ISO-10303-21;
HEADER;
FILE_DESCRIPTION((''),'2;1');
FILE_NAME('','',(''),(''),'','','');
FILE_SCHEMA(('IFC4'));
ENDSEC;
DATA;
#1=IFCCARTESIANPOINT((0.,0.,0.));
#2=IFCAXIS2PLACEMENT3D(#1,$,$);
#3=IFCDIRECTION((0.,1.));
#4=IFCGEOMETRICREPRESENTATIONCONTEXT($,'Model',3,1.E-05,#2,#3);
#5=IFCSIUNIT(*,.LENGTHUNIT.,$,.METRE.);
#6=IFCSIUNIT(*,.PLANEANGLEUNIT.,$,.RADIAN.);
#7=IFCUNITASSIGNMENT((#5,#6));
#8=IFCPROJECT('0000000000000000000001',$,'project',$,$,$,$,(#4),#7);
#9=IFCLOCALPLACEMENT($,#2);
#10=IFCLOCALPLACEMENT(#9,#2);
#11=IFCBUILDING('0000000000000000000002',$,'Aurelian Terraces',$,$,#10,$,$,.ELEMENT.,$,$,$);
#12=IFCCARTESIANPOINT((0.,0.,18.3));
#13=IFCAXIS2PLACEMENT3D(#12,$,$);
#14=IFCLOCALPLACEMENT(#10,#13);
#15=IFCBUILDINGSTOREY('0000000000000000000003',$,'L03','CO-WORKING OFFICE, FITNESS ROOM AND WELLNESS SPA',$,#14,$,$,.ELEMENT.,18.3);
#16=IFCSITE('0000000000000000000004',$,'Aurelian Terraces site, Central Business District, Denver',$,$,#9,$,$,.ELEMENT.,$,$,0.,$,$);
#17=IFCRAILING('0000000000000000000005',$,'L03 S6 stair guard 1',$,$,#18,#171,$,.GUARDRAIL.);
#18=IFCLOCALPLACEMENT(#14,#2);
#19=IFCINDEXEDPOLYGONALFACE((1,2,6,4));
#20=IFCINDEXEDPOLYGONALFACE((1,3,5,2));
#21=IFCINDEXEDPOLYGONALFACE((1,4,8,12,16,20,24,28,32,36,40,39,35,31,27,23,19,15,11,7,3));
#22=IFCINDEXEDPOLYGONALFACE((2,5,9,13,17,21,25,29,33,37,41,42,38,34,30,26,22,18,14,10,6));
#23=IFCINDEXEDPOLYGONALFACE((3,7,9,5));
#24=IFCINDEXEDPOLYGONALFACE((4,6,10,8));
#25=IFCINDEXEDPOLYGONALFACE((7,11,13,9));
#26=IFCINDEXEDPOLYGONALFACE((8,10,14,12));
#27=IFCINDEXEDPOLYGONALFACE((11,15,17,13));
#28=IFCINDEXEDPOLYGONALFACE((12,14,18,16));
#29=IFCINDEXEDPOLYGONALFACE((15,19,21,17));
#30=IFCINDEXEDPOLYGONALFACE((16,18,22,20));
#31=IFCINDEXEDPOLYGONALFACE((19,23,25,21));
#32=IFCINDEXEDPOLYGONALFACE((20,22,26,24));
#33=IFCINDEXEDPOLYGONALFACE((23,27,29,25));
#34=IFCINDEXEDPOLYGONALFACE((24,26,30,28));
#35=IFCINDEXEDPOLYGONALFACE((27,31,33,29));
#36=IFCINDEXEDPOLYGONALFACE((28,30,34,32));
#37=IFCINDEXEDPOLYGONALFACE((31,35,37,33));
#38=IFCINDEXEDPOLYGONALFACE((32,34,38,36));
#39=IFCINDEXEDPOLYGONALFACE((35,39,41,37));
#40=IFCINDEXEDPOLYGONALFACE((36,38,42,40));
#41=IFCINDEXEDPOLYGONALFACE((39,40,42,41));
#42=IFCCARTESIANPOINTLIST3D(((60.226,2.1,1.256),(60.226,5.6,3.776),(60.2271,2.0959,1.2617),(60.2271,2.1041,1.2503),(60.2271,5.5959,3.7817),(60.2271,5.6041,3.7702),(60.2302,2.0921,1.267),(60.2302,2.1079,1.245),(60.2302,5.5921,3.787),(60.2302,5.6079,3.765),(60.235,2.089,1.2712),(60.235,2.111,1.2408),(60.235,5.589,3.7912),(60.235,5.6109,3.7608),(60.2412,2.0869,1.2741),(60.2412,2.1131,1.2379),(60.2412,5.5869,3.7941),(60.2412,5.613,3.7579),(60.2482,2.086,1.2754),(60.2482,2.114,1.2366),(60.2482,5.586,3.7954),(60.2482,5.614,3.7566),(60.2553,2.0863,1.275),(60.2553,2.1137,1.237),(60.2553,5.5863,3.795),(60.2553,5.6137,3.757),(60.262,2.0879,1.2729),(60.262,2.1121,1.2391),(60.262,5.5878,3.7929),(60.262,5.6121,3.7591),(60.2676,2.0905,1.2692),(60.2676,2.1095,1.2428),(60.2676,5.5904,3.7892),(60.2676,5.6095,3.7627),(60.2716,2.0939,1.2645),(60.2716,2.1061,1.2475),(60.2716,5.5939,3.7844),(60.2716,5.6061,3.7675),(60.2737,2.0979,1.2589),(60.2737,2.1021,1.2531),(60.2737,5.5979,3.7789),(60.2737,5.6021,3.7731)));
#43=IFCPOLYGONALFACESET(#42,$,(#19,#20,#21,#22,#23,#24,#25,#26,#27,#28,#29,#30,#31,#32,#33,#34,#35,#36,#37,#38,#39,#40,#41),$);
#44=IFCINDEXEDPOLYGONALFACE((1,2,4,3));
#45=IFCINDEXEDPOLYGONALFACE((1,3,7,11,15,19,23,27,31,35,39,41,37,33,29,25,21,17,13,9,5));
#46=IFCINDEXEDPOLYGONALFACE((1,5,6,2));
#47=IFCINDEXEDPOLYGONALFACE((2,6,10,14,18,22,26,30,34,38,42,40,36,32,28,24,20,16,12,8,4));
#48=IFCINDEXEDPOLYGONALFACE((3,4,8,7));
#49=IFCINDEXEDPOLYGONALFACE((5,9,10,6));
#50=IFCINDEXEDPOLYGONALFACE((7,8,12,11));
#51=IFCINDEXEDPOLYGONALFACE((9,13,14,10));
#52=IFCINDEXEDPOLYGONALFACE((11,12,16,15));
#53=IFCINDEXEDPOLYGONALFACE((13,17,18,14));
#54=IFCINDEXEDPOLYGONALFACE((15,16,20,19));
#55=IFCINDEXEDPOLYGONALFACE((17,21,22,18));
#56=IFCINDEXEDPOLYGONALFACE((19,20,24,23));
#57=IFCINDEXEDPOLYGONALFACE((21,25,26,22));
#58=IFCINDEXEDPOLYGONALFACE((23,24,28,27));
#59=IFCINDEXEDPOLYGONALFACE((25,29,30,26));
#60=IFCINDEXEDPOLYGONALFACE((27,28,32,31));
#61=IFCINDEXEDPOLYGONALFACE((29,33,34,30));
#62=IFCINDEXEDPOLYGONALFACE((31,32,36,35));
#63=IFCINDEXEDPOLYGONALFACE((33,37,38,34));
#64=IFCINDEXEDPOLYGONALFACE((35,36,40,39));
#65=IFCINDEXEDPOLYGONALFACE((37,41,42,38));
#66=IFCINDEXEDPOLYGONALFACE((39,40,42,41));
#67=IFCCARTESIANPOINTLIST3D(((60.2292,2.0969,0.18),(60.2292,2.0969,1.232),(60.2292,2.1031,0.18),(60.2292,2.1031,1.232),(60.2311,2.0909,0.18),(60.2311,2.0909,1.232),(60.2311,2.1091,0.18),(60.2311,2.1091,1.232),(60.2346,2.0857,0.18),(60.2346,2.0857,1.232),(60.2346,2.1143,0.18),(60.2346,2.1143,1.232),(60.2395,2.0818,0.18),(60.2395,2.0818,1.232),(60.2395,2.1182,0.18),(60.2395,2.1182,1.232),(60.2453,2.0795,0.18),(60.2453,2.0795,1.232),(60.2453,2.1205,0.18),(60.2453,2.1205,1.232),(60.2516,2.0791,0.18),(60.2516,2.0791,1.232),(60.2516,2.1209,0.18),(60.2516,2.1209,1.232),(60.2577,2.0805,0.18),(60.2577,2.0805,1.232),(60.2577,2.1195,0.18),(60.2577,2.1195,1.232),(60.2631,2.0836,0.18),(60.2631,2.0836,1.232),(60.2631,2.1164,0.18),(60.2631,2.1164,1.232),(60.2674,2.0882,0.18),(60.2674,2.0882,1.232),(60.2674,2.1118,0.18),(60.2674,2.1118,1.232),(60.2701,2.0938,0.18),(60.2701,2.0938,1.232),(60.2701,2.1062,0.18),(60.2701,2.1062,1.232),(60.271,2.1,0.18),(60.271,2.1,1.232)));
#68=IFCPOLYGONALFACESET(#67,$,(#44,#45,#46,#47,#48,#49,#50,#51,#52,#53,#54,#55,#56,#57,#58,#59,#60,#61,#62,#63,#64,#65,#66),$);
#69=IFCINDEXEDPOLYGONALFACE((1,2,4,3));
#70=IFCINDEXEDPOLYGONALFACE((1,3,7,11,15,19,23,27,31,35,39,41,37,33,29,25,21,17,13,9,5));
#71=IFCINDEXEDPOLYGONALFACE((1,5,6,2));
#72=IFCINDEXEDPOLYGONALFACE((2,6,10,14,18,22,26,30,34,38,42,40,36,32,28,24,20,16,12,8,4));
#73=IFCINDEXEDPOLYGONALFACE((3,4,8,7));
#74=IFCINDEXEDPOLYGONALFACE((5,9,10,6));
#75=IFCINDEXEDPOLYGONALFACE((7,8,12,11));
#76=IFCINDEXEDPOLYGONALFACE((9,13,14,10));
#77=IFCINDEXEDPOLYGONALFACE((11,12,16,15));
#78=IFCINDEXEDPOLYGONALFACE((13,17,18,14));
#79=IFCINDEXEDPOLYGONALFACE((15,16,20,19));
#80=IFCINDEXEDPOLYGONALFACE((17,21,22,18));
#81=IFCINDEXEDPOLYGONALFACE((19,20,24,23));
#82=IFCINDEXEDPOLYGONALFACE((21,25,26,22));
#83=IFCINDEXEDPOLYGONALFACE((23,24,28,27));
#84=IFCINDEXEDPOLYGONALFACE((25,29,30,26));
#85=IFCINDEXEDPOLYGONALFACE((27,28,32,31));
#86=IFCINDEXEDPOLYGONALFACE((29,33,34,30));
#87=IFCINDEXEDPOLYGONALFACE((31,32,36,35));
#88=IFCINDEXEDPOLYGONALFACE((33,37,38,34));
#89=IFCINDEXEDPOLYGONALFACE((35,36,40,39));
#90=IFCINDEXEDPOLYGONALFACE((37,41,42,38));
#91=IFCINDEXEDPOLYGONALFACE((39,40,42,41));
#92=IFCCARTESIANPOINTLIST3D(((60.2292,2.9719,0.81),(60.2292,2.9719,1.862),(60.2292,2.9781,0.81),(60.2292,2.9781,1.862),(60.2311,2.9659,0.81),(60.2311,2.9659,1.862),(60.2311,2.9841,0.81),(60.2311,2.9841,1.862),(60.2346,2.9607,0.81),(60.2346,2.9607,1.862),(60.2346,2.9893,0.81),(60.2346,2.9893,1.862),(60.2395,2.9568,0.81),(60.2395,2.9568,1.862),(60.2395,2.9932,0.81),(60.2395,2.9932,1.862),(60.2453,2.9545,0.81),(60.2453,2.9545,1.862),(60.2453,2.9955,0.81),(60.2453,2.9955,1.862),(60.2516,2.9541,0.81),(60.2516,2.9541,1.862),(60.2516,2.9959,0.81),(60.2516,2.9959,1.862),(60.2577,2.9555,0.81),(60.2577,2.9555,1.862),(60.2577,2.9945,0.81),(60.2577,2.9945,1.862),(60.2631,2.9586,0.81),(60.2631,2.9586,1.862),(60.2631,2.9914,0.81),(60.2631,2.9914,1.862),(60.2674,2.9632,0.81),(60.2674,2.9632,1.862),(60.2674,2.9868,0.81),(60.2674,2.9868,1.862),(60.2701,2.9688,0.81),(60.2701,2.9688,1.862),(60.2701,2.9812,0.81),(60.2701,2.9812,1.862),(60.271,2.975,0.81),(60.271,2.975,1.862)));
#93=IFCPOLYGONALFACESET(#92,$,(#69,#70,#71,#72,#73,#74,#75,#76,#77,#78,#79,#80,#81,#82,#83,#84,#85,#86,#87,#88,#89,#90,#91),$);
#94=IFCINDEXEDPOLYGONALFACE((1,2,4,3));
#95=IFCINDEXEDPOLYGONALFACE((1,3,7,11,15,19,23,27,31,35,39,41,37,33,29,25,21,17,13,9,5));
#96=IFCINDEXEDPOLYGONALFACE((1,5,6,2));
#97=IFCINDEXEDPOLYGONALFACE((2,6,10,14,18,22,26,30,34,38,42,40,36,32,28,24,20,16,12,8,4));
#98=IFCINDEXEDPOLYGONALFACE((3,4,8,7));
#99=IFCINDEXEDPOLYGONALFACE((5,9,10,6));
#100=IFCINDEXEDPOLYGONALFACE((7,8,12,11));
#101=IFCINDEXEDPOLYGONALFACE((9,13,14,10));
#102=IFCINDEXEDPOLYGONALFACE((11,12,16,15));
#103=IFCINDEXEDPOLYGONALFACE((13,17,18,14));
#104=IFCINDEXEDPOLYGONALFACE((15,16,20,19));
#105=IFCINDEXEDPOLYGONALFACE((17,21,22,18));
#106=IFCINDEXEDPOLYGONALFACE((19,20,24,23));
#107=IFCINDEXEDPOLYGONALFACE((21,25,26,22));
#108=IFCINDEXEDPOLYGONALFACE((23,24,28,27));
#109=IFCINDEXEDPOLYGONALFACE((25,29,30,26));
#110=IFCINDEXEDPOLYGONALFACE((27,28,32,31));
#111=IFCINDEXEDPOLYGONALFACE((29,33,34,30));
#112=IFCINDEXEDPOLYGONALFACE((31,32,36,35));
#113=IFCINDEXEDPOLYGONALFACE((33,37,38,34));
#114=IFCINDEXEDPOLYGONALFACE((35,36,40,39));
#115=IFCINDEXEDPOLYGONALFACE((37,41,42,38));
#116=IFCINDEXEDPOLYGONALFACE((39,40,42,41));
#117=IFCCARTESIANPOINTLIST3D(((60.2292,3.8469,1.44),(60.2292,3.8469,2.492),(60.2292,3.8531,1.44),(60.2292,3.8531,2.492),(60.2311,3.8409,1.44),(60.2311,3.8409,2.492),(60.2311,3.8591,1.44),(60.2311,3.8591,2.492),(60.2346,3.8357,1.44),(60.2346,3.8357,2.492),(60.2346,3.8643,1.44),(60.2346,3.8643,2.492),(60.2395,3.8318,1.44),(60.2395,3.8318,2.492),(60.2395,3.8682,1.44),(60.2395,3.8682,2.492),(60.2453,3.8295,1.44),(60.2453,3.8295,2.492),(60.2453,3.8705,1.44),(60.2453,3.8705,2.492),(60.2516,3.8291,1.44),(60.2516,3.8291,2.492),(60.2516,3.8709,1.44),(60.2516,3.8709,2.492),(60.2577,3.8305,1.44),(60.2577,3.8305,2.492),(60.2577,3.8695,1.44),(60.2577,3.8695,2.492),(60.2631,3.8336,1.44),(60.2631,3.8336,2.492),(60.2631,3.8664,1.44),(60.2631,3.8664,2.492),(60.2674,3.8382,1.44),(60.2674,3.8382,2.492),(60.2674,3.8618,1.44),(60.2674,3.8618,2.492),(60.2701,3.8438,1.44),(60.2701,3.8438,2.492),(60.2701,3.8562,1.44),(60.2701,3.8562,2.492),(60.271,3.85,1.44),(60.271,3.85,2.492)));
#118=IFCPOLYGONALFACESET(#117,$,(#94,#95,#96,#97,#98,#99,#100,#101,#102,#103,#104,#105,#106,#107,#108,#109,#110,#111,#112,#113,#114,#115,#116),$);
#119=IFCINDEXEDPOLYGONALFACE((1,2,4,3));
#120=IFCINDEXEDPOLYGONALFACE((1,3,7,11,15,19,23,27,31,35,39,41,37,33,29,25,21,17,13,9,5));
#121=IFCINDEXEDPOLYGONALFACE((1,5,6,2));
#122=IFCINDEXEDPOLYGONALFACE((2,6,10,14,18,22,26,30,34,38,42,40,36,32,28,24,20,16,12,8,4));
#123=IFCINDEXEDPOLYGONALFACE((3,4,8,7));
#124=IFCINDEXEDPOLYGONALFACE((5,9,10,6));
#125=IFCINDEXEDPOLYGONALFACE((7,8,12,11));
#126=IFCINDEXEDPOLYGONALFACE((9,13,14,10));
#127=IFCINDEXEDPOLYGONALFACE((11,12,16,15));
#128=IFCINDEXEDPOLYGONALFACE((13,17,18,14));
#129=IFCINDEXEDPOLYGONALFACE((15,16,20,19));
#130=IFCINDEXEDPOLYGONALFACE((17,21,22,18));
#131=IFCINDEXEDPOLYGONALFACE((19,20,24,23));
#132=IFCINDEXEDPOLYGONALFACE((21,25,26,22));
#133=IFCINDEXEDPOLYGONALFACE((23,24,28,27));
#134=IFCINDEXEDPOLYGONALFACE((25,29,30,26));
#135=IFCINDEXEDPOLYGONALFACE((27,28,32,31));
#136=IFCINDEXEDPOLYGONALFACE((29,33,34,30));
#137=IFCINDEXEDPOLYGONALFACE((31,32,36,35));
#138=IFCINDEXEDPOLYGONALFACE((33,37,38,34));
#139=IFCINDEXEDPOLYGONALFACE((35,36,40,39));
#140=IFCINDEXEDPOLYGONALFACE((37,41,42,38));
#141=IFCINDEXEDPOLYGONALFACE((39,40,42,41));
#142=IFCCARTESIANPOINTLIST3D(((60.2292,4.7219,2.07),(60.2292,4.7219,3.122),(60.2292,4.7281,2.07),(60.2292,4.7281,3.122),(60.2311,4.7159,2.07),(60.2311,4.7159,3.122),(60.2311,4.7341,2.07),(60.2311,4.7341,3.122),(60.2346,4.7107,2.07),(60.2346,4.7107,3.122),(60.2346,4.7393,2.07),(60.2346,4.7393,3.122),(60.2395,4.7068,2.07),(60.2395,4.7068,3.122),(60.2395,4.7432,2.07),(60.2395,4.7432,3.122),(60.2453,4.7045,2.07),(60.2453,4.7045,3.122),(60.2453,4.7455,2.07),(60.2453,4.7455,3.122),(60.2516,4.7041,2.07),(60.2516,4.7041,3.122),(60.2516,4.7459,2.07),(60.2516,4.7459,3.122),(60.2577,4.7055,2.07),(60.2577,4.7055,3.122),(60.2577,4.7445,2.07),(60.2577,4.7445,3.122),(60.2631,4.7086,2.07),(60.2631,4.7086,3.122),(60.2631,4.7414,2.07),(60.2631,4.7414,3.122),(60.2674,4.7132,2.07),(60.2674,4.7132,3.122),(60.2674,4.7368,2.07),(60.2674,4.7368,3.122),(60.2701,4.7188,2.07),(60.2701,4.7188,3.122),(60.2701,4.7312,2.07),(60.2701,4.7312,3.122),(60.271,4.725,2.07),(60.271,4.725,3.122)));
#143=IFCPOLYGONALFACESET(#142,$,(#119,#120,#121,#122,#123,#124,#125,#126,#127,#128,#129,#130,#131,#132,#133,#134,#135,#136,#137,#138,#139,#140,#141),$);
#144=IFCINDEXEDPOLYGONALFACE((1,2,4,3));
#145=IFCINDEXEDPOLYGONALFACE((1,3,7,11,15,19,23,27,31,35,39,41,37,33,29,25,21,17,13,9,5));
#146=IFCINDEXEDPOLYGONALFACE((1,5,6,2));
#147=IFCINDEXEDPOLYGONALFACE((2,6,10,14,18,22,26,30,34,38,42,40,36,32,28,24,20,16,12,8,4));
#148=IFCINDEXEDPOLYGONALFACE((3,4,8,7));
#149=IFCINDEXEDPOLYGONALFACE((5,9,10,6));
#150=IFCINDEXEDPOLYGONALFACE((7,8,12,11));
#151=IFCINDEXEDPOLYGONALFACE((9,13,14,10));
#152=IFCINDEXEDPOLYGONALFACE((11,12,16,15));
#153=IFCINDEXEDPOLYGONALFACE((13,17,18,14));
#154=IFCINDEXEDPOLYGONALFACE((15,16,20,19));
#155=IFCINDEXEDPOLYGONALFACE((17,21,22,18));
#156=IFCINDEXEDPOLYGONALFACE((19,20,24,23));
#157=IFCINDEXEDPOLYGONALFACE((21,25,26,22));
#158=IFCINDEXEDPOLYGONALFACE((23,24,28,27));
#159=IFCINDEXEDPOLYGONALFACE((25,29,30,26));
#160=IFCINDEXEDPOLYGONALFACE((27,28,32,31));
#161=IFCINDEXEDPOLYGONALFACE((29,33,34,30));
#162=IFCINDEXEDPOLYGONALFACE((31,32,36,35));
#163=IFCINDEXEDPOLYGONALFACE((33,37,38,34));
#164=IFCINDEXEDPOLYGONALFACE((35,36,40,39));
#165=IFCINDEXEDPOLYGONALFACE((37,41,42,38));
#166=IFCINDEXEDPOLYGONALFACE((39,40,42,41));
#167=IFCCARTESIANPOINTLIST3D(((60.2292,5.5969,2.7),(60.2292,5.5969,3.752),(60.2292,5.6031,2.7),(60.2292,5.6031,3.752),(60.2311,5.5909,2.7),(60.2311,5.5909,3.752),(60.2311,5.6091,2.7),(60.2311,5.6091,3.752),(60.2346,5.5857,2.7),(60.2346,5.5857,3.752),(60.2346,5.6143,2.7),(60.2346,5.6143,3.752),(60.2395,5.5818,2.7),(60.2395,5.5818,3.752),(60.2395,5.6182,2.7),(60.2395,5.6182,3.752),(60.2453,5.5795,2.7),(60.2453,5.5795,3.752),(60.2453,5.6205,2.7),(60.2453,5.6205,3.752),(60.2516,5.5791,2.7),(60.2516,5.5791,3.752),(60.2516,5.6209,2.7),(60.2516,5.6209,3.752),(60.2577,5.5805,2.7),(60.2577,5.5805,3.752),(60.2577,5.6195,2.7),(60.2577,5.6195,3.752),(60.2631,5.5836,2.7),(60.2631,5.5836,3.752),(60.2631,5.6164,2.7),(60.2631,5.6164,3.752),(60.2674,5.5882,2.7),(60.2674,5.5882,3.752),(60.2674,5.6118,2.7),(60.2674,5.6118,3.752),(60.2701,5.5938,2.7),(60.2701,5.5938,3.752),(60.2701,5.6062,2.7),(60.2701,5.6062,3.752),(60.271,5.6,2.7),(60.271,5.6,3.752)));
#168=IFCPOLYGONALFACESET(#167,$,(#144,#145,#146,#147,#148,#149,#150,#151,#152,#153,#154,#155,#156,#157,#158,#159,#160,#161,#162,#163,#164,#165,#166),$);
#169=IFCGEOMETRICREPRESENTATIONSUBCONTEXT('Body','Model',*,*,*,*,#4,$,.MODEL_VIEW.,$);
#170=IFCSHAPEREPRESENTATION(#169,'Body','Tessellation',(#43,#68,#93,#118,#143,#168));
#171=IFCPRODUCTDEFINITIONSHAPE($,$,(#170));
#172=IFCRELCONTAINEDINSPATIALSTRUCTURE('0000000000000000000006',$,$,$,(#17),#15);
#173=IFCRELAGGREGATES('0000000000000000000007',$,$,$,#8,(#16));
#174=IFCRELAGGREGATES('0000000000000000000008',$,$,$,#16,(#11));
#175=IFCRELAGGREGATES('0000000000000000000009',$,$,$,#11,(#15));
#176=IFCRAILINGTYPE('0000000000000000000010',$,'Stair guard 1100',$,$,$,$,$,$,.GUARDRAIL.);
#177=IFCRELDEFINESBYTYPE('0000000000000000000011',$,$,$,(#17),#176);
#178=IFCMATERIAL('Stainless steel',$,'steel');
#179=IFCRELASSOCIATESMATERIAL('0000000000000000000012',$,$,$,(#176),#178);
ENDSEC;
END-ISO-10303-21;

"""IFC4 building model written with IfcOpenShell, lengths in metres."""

from ifc_helpers import new_model, si_unit, direction, frame, origin, origin_2d, place, context, subcontext, project, spatial, circle, extrude, source, transform, mapped, material, type_object, element, save


model = new_model("IFC4")

# Units and contexts
model_context = context("Model", 3, precision=1e-05, world=origin(), true_north=direction((0.0, 1.0)))
body_context = subcontext(model_context, "Body", "Model", "MODEL_VIEW")
ifc_project = project(units=[si_unit("LENGTHUNIT", "METRE"), si_unit("PLANEANGLEUNIT", "RADIAN")], contexts=[model_context])

# Site, building, storey
site_placement = place(None, origin())
site = spatial("IfcSite", under=ifc_project, at=site_placement, Name="Aurelian Terraces site, Central Business District, Denver", CompositionType="ELEMENT", RefElevation=0.0)
building_placement = place(site_placement, origin())
building = spatial("IfcBuilding", under=site, at=building_placement, Name="Aurelian Terraces", CompositionType="ELEMENT")
storey_placement = place(building_placement, frame((0.0, 0.0, 18.3)))
storey = spatial("IfcBuildingStorey", under=building, at=storey_placement, Name="L03", Description="CO-WORKING OFFICE, FITNESS ROOM AND WELLNESS SPA", CompositionType="ELEMENT", Elevation=18.3)

# Railing
ifc_material_1 = material(Name="Stainless steel", Category="steel")
railing_type_1 = type_object("IfcRailingType", Name="Stair guard 1100", PredefinedType="GUARDRAIL", material=ifc_material_1)
shared_shape_1 = source(origin(), body_context, "Body", "SweptSolid", [
    extrude(circle(Radius=0.024, at=origin_2d()), frame((0.0, 0.0, 1.076), z_axis=(0.0, 0.811534, 0.584305), x_axis=(-1.0, 0.0, 0.0)), (0.0, 0.0, 1.0), 4.3128),
    extrude(circle(Radius=0.021, at=origin_2d()), origin(), (0.0, 0.0, 1.0), 1.052),
    extrude(circle(Radius=0.021, at=origin_2d()), frame((0.0, 0.875, 0.63)), (0.0, 0.0, 1.0), 1.052),
    extrude(circle(Radius=0.021, at=origin_2d()), frame((0.0, 1.75, 1.26)), (0.0, 0.0, 1.0), 1.052),
    extrude(circle(Radius=0.021, at=origin_2d()), frame((0.0, 2.625, 1.89)), (0.0, 0.0, 1.0), 1.052),
    extrude(circle(Radius=0.021, at=origin_2d()), frame((0.0, 3.5, 2.52)), (0.0, 0.0, 1.0), 1.052),
])
railing_1_placement = place(storey_placement, frame((60.25, 2.1, 0.18)))
element("IfcRailing", 1, at=railing_1_placement, inside=storey, type_object=railing_type_1, Name="L03 S6 stair guard 1", PredefinedType="GUARDRAIL", context=body_context, shape_type="MappedRepresentation", body=[
    mapped(shared_shape_1, transform((0.0, 0.0, 0.0), scale=1.0)),
])

save(model, "model.ifc")
